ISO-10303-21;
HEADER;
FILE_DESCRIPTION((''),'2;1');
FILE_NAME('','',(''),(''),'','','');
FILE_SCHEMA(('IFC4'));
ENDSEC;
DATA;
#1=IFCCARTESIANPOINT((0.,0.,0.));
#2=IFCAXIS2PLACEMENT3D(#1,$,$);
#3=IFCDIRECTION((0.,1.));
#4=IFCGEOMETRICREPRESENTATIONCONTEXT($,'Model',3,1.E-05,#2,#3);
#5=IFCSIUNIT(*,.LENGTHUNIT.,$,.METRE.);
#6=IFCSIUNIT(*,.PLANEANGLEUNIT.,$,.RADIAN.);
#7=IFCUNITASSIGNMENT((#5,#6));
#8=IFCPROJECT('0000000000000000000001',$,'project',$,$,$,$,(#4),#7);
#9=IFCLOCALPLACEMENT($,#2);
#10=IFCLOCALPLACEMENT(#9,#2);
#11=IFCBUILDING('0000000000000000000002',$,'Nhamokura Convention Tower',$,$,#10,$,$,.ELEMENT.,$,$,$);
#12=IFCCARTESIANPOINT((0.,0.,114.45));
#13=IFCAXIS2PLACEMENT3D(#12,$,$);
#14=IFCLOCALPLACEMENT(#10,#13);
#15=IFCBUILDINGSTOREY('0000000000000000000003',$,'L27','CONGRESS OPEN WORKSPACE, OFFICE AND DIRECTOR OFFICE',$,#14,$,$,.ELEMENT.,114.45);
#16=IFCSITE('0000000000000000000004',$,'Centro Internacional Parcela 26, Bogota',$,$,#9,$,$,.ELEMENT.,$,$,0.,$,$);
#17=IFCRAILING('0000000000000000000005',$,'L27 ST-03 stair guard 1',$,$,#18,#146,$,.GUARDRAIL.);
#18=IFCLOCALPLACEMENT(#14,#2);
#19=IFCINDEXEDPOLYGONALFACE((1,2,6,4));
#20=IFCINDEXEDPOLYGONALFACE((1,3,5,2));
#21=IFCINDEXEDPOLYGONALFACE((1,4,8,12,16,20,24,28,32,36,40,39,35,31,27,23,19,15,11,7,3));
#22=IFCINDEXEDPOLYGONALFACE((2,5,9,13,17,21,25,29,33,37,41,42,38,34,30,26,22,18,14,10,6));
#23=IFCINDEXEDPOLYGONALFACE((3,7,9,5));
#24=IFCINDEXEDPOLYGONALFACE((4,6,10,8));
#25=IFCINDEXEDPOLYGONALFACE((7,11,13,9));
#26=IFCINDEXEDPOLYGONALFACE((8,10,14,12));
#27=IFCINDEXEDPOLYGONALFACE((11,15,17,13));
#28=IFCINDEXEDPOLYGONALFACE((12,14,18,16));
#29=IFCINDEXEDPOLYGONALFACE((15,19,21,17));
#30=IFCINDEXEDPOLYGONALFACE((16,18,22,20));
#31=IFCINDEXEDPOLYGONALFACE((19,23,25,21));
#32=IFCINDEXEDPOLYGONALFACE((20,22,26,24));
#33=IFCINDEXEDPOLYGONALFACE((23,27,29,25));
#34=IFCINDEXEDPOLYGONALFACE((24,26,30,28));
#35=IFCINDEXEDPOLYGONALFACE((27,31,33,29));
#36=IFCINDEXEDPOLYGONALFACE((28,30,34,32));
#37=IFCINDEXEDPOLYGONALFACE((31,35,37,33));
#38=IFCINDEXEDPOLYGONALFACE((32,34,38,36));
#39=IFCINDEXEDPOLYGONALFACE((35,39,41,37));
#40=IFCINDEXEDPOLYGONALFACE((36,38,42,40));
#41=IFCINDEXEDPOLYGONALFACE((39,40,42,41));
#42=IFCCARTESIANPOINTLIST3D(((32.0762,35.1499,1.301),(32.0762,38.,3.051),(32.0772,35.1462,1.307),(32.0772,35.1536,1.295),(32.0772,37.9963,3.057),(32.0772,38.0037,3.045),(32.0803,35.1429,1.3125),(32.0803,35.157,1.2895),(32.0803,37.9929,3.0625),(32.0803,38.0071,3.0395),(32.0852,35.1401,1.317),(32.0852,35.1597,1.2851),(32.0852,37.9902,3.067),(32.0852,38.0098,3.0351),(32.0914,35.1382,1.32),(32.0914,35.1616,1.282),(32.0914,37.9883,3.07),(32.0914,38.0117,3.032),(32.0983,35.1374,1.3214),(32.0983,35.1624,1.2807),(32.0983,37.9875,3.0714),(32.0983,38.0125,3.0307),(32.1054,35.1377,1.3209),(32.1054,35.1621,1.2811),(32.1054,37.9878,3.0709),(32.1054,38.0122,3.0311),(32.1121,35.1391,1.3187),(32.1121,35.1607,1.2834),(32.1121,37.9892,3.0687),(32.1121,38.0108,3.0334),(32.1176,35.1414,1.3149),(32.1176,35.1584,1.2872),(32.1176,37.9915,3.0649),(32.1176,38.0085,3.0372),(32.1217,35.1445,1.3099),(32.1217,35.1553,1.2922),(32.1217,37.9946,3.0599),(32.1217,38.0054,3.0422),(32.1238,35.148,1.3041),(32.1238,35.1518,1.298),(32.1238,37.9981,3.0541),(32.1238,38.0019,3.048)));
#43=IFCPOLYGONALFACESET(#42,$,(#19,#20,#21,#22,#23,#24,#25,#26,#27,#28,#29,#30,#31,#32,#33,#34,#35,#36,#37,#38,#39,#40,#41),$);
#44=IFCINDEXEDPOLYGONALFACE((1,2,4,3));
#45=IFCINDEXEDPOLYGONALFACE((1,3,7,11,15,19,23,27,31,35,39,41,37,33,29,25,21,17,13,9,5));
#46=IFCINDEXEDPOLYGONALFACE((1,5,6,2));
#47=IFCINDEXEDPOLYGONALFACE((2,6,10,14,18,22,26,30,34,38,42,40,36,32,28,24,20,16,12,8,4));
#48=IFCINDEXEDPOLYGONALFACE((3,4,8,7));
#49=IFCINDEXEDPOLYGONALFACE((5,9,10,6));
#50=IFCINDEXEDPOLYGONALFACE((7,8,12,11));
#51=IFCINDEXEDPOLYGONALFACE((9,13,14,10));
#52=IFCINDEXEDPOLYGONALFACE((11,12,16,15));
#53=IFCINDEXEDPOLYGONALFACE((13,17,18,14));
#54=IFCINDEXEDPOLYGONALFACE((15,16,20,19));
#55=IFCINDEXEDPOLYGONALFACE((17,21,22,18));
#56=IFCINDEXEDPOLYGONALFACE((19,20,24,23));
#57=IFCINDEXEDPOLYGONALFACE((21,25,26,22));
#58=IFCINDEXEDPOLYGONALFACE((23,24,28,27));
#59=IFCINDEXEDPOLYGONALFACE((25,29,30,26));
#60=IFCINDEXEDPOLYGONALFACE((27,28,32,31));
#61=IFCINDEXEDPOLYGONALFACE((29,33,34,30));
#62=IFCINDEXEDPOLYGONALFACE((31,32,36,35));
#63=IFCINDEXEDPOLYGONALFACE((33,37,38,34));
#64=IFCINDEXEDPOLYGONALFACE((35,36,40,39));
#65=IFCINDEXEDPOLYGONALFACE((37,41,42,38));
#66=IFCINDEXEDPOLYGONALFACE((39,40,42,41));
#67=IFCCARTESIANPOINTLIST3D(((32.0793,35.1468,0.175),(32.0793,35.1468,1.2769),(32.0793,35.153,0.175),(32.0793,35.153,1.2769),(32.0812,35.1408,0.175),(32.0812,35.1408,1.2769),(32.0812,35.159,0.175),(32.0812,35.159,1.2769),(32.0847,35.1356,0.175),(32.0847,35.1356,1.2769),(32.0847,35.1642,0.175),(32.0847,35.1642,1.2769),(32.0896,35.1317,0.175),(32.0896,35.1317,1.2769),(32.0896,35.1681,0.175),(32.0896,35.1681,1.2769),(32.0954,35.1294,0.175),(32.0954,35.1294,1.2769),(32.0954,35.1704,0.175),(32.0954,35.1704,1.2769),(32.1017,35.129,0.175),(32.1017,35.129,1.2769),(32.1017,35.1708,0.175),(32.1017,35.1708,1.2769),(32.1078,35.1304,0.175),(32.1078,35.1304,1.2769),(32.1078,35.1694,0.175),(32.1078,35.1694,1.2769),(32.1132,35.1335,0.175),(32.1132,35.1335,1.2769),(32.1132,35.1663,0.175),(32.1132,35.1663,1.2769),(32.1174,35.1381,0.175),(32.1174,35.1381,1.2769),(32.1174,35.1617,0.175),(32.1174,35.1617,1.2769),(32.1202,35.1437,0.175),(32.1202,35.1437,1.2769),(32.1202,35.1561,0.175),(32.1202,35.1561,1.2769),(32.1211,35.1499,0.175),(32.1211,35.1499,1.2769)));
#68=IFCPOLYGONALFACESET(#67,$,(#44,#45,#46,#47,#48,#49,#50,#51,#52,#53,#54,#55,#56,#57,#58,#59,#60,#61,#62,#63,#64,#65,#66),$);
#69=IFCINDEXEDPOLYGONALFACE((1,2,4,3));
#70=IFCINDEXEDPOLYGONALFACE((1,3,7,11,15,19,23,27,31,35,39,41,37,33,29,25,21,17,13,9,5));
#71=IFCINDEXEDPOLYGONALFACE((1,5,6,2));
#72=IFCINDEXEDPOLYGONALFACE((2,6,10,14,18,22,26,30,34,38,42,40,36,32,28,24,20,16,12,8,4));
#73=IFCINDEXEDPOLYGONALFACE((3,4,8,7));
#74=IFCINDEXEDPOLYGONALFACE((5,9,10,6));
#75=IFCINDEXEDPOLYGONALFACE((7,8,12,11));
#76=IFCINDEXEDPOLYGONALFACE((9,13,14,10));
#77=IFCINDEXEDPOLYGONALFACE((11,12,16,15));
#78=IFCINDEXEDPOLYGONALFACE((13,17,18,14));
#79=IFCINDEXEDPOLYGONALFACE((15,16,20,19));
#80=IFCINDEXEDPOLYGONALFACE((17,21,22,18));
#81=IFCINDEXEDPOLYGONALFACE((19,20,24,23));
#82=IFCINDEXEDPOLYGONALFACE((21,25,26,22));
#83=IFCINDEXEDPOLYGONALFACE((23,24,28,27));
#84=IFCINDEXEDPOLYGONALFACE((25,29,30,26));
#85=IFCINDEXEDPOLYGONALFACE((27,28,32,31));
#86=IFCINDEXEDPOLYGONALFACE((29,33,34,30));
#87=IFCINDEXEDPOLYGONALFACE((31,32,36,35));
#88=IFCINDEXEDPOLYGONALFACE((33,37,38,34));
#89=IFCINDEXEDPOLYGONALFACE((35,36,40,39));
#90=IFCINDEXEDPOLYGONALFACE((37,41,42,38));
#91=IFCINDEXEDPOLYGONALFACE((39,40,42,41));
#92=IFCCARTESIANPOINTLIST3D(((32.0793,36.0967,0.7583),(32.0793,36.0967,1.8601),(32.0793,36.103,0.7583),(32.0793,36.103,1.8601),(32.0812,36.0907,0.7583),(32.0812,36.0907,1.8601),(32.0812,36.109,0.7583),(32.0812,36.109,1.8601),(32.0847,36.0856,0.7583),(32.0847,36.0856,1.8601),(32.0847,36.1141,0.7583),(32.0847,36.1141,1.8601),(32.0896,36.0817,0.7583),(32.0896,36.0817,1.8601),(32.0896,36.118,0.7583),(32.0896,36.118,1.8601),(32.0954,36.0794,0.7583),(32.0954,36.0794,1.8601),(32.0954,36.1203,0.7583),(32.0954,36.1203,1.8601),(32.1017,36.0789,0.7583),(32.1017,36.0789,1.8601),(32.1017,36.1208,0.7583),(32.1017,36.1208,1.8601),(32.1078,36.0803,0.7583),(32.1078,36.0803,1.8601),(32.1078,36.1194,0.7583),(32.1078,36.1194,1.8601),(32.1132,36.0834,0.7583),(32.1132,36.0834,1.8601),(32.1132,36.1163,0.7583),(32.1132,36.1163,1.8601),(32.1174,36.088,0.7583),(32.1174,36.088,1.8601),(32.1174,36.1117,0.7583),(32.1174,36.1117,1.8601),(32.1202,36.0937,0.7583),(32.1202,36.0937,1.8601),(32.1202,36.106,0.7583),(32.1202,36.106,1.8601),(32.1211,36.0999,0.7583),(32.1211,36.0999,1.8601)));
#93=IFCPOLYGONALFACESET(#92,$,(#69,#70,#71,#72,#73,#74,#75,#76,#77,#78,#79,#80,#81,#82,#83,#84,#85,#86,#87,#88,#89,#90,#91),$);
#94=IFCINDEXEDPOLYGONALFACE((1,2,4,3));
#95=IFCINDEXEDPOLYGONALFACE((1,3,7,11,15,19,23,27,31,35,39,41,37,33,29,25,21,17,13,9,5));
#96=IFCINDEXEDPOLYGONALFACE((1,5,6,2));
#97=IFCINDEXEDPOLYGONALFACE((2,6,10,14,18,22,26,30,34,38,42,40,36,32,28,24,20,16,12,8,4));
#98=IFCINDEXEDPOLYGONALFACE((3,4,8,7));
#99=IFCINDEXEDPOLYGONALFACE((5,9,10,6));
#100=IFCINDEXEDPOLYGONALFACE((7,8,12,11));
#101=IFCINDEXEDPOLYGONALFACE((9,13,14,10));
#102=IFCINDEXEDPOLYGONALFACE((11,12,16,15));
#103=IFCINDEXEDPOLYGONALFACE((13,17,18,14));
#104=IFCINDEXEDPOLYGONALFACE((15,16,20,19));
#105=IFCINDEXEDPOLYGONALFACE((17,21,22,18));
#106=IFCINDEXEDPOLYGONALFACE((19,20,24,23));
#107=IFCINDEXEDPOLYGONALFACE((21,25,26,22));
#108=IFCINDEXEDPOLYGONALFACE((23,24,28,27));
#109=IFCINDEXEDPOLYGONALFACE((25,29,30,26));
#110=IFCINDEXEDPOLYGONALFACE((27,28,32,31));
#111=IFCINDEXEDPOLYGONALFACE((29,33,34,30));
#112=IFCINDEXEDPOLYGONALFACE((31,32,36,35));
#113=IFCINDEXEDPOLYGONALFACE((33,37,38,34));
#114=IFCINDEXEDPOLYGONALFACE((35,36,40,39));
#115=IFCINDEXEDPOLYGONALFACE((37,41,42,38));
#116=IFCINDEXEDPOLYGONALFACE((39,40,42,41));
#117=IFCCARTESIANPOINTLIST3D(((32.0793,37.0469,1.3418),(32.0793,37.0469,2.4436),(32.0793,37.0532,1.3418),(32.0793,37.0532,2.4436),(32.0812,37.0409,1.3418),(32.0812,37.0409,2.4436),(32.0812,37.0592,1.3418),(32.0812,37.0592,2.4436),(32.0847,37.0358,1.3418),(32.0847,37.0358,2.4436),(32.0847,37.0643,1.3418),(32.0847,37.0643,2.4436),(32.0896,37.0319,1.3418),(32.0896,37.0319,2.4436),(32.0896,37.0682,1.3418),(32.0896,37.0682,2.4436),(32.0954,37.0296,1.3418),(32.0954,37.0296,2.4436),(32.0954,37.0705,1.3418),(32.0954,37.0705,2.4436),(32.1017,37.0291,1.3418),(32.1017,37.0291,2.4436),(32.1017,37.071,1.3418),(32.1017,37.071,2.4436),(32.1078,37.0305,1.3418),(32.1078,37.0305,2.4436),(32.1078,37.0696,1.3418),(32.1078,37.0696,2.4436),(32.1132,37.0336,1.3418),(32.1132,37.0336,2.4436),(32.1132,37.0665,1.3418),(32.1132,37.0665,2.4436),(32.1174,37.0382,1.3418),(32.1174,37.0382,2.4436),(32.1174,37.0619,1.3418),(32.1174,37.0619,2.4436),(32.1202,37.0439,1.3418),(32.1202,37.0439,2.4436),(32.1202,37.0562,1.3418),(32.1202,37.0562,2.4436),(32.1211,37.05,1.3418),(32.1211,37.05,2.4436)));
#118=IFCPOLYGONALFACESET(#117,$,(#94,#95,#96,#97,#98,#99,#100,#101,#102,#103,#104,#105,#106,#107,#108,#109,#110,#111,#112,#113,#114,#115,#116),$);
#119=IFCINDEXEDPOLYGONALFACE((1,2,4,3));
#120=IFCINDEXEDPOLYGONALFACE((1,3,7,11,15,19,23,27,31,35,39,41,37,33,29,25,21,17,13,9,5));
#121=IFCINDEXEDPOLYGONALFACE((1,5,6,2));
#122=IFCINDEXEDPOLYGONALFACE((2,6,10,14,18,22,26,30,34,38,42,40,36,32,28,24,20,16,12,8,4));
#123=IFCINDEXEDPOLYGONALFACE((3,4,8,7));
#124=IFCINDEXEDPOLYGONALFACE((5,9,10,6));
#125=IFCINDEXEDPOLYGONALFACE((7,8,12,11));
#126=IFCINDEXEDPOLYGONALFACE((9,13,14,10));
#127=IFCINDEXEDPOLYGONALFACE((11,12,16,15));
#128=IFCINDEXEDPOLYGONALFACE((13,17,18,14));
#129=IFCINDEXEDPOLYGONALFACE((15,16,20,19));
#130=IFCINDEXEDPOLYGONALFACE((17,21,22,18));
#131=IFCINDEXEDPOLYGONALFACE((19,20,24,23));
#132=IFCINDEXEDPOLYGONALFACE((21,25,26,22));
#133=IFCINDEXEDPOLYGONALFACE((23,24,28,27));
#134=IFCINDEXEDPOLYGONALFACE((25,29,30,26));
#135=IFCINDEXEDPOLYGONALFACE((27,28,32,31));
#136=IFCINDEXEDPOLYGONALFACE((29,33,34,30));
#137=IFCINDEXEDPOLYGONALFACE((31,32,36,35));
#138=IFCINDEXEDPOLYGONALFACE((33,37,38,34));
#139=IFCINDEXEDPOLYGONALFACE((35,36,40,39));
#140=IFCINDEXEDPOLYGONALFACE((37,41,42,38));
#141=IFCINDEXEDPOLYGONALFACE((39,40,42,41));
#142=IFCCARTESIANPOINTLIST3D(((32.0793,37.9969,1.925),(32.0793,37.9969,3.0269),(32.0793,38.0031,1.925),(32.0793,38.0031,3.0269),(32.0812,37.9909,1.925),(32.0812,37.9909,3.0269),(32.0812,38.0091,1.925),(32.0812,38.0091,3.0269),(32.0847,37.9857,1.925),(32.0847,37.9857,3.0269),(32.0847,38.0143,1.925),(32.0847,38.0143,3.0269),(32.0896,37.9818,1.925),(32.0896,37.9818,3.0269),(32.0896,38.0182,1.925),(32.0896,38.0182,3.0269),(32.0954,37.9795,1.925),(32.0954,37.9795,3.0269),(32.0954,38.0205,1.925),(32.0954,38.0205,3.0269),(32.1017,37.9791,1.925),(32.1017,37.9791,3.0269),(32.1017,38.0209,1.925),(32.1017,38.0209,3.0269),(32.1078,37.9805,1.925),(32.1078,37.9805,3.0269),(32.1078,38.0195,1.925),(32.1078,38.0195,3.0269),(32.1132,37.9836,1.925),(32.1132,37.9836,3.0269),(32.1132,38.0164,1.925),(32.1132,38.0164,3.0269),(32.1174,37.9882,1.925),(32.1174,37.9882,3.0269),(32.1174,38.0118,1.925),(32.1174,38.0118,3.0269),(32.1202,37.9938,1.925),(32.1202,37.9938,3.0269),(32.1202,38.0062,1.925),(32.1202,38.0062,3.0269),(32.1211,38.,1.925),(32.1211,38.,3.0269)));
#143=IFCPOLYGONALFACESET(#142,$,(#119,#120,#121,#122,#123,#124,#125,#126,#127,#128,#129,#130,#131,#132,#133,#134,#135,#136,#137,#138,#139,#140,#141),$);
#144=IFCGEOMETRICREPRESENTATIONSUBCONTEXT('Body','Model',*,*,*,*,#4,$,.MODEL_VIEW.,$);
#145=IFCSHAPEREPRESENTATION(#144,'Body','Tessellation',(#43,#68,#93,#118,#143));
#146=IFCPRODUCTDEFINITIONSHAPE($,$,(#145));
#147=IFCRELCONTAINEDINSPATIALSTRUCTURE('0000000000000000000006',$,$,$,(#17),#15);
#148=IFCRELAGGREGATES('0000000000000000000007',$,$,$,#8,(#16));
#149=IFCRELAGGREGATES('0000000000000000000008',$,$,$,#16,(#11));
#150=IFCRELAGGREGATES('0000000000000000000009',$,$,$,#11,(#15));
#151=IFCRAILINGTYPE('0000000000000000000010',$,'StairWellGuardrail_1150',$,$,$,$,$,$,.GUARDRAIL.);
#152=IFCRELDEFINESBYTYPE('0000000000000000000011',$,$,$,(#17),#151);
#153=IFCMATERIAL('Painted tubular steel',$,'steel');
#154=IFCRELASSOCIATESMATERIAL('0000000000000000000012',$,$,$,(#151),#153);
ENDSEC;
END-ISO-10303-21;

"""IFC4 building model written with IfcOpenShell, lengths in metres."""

from ifc_helpers import new_model, si_unit, direction, frame, origin, origin_2d, place, context, subcontext, project, spatial, circle, extrude, material, type_object, element, save


model = new_model("IFC4")

# Units and contexts
model_context = context("Model", 3, precision=1e-05, world=origin(), true_north=direction((0.0, 1.0)))
body_context = subcontext(model_context, "Body", "Model", "MODEL_VIEW")
ifc_project = project(units=[si_unit("LENGTHUNIT", "METRE"), si_unit("PLANEANGLEUNIT", "RADIAN")], contexts=[model_context])

# Site, building, storey
site_placement = place(None, origin())
site = spatial("IfcSite", under=ifc_project, at=site_placement, Name="Centro Internacional Parcela 26, Bogota", CompositionType="ELEMENT", RefElevation=0.0)
building_placement = place(site_placement, origin())
building = spatial("IfcBuilding", under=site, at=building_placement, Name="Nhamokura Convention Tower", CompositionType="ELEMENT")
storey_placement = place(building_placement, frame((0.0, 0.0, 114.45)))
storey = spatial("IfcBuildingStorey", under=building, at=storey_placement, Name="L27", Description="CONGRESS OPEN WORKSPACE, OFFICE AND DIRECTOR OFFICE", CompositionType="ELEMENT", Elevation=114.45)

# Railing
ifc_material_1 = material(Name="Painted tubular steel", Category="steel")
railing_type_1 = type_object("IfcRailingType", Name="StairWellGuardrail_1150", PredefinedType="GUARDRAIL", material=ifc_material_1)
railing_1_placement = place(storey_placement, frame((32.1001, 35.1499, 0.175)))
element("IfcRailing", 1, at=railing_1_placement, inside=storey, type_object=railing_type_1, Name="L27 ST-03 stair guard 1", PredefinedType="GUARDRAIL", context=body_context, shape_type="SweptSolid", body=[
    extrude(circle(Radius=0.0239, at=origin_2d()), frame((0.0, 0.0, 1.126), z_axis=(0.0, 0.852179, 0.52325), x_axis=(-1.0, 0.0, 0.0)), (0.0, 0.0, 1.0), 3.3445),
    extrude(circle(Radius=0.021, at=origin_2d()), origin(), (0.0, 0.0, 1.0), 1.1018),
    extrude(circle(Radius=0.021, at=origin_2d()), frame((0.0, 0.95, 0.5833)), (0.0, 0.0, 1.0), 1.1018),
    extrude(circle(Radius=0.021, at=origin_2d()), frame((0.0, 1.9001, 1.1667)), (0.0, 0.0, 1.0), 1.1018),
    extrude(circle(Radius=0.021, at=origin_2d()), frame((0.0, 2.8501, 1.75)), (0.0, 0.0, 1.0), 1.1018),
])

save(model, "model.ifc")
